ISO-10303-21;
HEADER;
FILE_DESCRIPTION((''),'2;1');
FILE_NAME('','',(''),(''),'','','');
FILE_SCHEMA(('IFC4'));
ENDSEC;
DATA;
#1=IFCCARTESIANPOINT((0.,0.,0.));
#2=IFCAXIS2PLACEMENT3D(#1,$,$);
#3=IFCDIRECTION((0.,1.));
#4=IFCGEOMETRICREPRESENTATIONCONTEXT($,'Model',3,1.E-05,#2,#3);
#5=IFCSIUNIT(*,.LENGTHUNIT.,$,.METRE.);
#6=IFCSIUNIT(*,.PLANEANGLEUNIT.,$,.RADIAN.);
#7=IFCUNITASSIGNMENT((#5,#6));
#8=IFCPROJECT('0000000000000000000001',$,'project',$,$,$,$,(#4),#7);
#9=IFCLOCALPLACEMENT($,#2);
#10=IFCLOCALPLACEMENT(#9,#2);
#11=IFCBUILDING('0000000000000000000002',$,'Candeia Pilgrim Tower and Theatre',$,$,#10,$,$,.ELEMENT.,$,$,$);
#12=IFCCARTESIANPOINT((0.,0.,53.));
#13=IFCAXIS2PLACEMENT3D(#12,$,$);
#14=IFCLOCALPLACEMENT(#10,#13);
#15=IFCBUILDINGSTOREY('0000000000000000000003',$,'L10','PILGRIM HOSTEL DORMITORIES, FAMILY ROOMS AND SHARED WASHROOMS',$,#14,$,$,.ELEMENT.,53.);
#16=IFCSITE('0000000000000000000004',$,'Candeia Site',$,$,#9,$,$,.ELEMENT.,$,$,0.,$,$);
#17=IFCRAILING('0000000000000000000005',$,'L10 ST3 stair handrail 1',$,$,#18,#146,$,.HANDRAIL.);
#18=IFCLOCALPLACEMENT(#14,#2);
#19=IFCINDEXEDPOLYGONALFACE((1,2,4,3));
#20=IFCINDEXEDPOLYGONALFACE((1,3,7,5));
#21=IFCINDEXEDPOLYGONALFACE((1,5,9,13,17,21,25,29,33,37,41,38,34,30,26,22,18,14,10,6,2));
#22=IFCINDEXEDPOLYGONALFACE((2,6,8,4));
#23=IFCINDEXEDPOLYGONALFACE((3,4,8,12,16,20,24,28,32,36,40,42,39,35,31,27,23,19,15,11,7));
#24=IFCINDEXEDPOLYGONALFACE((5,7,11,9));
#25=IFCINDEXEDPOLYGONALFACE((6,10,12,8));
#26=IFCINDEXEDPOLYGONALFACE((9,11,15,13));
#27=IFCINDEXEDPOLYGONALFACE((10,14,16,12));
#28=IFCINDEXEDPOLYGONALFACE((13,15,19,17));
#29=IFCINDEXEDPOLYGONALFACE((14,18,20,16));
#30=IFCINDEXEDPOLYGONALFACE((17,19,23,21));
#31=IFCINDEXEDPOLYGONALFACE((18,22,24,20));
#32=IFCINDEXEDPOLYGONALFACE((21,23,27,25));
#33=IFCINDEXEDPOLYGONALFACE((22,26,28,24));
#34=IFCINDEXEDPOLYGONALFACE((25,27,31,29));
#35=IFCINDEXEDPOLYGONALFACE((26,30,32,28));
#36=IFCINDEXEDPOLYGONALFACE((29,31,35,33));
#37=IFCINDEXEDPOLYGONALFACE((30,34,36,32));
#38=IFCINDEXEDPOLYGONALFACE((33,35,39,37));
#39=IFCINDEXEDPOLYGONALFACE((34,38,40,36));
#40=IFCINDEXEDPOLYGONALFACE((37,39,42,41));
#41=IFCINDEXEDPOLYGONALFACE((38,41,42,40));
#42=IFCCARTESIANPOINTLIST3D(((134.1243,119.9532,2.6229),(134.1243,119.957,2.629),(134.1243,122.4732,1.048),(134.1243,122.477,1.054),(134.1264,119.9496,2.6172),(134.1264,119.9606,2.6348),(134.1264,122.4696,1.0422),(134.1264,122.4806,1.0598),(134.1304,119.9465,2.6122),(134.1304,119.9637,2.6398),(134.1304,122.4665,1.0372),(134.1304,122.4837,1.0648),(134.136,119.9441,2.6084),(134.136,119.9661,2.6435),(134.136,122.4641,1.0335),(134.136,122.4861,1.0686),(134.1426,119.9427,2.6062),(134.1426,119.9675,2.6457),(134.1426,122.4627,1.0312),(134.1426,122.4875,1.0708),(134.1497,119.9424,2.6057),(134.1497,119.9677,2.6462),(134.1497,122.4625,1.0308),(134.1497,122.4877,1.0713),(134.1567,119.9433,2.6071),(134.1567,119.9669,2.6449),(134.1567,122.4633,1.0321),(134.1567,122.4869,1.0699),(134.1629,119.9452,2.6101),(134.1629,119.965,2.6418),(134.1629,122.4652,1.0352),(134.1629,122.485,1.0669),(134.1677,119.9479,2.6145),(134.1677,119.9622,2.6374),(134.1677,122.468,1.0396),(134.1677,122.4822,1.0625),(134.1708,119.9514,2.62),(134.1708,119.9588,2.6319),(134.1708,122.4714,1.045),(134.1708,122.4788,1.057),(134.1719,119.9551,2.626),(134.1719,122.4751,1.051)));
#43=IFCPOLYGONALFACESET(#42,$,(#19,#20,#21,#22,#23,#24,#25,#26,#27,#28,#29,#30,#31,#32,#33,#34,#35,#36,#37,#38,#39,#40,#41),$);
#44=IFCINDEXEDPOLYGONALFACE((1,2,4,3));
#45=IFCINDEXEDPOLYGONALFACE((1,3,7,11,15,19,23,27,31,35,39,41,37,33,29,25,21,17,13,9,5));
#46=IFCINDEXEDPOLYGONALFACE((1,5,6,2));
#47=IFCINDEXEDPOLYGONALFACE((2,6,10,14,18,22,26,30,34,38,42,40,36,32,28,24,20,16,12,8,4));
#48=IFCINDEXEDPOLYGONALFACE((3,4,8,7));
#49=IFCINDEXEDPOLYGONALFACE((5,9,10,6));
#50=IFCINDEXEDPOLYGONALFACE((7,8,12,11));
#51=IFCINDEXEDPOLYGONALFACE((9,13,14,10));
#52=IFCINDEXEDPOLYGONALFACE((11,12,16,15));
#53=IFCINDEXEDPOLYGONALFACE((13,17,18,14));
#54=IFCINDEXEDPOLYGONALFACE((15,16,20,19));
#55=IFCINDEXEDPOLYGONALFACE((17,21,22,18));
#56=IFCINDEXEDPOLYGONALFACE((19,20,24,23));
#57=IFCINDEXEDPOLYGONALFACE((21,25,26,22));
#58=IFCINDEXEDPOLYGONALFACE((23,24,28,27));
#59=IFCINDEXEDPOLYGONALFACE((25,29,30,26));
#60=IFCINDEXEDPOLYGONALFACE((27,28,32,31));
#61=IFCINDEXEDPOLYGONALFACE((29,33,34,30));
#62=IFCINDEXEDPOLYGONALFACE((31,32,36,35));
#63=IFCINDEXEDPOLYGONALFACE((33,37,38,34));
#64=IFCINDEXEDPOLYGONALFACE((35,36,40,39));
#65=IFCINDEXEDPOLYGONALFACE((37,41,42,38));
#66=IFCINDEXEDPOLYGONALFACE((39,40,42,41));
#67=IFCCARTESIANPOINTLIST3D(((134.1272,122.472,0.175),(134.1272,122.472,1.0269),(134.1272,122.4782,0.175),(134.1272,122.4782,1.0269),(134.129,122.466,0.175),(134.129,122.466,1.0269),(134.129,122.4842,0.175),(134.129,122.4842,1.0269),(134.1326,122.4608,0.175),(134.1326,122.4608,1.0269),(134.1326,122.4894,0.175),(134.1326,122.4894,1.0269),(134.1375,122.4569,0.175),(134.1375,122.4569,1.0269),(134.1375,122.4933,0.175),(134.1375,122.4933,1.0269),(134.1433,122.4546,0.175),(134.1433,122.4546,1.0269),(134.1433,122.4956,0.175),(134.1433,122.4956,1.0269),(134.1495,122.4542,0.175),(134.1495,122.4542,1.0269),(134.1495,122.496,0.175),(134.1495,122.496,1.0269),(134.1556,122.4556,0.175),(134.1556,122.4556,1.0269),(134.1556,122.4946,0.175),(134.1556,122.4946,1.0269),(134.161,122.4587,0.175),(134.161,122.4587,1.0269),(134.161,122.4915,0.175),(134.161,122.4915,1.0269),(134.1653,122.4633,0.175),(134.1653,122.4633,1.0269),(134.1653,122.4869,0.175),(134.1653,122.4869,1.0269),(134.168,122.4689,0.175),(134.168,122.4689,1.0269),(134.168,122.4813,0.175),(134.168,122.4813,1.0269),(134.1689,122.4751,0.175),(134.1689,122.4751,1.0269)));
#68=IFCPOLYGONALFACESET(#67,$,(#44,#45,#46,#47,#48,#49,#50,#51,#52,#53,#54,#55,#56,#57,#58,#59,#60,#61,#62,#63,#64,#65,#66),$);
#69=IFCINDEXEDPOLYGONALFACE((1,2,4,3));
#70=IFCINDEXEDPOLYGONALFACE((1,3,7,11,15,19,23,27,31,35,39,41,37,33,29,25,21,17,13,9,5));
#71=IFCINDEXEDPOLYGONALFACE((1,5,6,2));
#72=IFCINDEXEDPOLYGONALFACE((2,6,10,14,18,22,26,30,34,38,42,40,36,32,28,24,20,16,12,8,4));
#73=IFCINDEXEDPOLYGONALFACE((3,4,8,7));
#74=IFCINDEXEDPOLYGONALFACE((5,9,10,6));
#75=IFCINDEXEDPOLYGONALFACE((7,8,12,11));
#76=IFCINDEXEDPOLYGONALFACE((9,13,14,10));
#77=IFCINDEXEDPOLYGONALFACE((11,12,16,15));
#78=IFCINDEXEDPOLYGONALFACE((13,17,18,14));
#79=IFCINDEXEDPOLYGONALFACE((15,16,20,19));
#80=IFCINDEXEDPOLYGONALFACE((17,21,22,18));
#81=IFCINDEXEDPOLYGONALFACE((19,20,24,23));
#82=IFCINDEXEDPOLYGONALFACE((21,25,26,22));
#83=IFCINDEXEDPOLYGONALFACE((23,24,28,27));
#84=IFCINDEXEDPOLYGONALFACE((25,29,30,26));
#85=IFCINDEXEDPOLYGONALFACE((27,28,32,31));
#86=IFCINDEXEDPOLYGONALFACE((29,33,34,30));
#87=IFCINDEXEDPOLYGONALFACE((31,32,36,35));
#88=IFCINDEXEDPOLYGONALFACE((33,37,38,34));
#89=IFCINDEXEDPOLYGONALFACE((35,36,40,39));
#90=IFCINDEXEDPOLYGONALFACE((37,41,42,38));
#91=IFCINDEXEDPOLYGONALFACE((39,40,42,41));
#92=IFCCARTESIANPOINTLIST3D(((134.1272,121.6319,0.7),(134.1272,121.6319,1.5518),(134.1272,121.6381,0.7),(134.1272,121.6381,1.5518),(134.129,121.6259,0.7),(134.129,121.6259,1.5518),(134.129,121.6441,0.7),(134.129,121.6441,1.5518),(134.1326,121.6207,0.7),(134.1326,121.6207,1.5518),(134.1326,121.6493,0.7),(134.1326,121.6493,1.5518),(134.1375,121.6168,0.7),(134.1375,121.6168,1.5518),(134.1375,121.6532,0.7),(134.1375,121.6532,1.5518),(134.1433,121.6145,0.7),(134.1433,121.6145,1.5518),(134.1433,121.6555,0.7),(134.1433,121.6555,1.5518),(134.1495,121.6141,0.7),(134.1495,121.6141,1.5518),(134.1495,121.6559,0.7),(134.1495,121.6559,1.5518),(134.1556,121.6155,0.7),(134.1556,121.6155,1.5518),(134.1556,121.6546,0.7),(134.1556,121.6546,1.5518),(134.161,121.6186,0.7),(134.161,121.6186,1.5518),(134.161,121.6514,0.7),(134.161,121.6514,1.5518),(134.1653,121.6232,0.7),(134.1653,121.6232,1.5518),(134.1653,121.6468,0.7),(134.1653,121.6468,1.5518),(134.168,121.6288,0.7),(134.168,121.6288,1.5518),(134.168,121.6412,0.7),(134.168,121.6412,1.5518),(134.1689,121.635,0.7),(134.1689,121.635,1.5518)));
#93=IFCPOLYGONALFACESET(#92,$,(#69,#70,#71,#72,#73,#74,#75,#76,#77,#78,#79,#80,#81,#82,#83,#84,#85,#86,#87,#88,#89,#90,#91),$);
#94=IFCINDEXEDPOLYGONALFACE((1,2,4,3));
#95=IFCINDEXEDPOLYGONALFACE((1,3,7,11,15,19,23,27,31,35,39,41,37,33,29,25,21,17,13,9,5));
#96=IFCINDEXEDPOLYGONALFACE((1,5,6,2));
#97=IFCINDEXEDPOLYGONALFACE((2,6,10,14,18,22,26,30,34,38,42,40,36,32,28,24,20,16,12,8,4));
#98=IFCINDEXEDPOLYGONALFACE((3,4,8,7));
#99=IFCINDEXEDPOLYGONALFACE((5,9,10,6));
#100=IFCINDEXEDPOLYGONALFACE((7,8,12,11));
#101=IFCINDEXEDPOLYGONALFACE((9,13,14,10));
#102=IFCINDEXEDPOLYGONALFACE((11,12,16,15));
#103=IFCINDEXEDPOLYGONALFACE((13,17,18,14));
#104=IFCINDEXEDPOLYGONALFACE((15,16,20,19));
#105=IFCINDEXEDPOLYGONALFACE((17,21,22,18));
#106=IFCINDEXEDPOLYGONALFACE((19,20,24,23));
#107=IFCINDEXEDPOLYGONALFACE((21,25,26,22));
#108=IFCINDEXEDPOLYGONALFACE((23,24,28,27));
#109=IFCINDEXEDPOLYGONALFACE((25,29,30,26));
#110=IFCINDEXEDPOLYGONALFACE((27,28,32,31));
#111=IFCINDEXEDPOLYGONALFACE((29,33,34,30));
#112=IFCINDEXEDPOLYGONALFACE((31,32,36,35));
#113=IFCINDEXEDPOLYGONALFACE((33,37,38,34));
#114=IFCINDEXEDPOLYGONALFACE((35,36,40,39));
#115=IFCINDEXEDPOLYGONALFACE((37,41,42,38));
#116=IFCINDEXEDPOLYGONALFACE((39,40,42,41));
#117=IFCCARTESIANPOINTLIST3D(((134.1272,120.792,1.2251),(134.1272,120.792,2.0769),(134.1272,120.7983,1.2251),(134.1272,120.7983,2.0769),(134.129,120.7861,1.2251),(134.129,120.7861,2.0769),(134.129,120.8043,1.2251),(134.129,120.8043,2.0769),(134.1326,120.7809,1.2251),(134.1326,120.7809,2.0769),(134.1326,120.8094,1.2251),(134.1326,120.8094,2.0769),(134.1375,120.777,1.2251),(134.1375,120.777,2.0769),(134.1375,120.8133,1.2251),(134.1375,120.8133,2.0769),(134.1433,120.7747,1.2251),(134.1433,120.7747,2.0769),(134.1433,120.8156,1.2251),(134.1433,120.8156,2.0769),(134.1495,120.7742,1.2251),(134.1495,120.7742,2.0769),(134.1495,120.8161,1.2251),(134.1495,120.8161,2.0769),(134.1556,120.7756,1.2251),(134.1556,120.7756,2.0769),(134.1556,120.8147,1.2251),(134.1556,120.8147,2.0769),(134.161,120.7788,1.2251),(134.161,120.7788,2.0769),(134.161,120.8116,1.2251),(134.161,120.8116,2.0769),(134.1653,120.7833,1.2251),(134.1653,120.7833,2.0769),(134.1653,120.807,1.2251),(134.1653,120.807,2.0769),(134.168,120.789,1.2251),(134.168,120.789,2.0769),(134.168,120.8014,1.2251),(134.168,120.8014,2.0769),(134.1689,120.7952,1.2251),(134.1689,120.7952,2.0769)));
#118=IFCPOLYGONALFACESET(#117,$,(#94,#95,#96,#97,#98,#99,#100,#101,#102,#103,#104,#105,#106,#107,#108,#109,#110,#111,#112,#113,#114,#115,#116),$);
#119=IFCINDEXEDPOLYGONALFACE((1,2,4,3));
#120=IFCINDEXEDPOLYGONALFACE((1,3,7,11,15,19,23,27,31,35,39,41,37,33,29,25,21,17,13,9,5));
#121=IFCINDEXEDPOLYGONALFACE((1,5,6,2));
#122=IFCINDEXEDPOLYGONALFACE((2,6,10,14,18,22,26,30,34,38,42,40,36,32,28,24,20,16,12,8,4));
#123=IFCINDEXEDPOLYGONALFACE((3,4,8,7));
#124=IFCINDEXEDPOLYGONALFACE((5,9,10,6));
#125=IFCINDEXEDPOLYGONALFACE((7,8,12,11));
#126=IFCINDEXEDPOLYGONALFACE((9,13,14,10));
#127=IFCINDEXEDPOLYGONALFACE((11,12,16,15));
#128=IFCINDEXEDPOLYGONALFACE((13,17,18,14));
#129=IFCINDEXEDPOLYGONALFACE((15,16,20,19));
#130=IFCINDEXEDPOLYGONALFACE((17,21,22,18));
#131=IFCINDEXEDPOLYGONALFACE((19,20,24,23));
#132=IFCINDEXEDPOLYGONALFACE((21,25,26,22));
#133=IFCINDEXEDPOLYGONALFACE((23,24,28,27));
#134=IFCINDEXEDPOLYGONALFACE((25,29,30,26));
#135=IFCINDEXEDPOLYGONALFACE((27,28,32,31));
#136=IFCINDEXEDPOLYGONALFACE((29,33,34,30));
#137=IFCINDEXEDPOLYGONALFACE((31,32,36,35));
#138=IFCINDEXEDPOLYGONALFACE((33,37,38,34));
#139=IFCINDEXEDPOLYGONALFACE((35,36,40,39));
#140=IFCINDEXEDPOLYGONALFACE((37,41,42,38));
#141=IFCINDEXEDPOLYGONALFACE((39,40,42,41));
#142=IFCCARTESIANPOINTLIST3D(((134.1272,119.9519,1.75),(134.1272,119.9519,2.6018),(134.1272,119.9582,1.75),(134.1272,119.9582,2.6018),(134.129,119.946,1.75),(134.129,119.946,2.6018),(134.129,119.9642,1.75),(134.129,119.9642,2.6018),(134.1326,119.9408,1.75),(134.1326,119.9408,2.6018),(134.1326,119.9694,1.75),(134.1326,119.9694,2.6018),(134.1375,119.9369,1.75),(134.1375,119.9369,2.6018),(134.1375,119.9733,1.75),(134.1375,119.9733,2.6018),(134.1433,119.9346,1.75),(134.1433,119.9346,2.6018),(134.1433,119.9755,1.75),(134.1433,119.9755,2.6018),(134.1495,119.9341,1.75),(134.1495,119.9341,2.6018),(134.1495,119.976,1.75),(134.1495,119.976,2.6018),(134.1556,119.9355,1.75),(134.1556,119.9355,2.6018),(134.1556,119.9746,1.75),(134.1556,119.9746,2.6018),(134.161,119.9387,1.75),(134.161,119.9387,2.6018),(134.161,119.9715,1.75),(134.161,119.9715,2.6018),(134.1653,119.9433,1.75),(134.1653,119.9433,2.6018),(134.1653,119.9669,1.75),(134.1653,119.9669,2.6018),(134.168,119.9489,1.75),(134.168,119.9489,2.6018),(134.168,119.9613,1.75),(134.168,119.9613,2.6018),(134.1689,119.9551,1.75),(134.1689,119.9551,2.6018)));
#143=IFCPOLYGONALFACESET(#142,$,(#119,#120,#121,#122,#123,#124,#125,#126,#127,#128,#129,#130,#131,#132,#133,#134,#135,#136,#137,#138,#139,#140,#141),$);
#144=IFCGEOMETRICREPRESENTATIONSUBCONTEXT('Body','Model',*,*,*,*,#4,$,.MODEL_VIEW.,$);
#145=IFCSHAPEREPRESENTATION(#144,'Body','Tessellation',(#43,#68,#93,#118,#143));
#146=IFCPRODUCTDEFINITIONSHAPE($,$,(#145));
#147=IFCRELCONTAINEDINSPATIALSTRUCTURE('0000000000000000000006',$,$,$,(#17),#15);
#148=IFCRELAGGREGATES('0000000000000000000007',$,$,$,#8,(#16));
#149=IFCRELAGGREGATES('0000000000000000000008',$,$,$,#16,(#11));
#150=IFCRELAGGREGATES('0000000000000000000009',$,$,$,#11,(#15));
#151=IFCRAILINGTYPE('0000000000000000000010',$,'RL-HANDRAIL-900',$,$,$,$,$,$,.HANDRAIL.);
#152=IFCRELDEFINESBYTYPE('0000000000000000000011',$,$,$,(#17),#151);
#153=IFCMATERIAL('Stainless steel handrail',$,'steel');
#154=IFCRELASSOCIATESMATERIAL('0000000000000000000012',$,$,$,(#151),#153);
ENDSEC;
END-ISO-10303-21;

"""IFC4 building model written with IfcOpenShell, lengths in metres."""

from ifc_helpers import new_model, si_unit, direction, frame, origin, origin_2d, place, context, subcontext, project, spatial, circle, extrude, material, type_object, element, save


model = new_model("IFC4")

# Units and contexts
model_context = context("Model", 3, precision=1e-05, world=origin(), true_north=direction((0.0, 1.0)))
body_context = subcontext(model_context, "Body", "Model", "MODEL_VIEW")
ifc_project = project(units=[si_unit("LENGTHUNIT", "METRE"), si_unit("PLANEANGLEUNIT", "RADIAN")], contexts=[model_context])

# Site, building, storey
site_placement = place(None, origin())
site = spatial("IfcSite", under=ifc_project, at=site_placement, Name="Candeia Site", CompositionType="ELEMENT", RefElevation=0.0)
building_placement = place(site_placement, origin())
building = spatial("IfcBuilding", under=site, at=building_placement, Name="Candeia Pilgrim Tower and Theatre", CompositionType="ELEMENT")
storey_placement = place(building_placement, frame((0.0, 0.0, 53.0)))
storey = spatial("IfcBuildingStorey", under=building, at=storey_placement, Name="L10", Description="PILGRIM HOSTEL DORMITORIES, FAMILY ROOMS AND SHARED WASHROOMS", CompositionType="ELEMENT", Elevation=53.0)

# Railing
ifc_material_1 = material(Name="Stainless steel handrail", Category="steel")
railing_type_1 = type_object("IfcRailingType", Name="RL-HANDRAIL-900", PredefinedType="HANDRAIL", material=ifc_material_1)
railing_1_placement = place(storey_placement, frame((134.1479, 122.4751, 0.175)))
element("IfcRailing", 1, at=railing_1_placement, inside=storey, type_object=railing_type_1, Name="L10 ST3 stair handrail 1", PredefinedType="HANDRAIL", context=body_context, shape_type="SweptSolid", body=[
    extrude(circle(Radius=0.0239, at=origin_2d()), frame((0.0, 0.0, 0.876), z_axis=(0.0, -0.848008, 0.529984), x_axis=(1.0, 0.0, 0.0)), (0.0, 0.0, 1.0), 2.9717),
    extrude(circle(Radius=0.021, at=origin_2d()), origin(), (0.0, 0.0, 1.0), 0.8518),
    extrude(circle(Radius=0.021, at=origin_2d()), frame((0.0, -0.8401, 0.5249)), (0.0, 0.0, 1.0), 0.8518),
    extrude(circle(Radius=0.021, at=origin_2d()), frame((0.0, -1.6799, 1.05)), (0.0, 0.0, 1.0), 0.8518),
    extrude(circle(Radius=0.021, at=origin_2d()), frame((0.0, -2.52, 1.575)), (0.0, 0.0, 1.0), 0.8518),
])

save(model, "model.ifc")
